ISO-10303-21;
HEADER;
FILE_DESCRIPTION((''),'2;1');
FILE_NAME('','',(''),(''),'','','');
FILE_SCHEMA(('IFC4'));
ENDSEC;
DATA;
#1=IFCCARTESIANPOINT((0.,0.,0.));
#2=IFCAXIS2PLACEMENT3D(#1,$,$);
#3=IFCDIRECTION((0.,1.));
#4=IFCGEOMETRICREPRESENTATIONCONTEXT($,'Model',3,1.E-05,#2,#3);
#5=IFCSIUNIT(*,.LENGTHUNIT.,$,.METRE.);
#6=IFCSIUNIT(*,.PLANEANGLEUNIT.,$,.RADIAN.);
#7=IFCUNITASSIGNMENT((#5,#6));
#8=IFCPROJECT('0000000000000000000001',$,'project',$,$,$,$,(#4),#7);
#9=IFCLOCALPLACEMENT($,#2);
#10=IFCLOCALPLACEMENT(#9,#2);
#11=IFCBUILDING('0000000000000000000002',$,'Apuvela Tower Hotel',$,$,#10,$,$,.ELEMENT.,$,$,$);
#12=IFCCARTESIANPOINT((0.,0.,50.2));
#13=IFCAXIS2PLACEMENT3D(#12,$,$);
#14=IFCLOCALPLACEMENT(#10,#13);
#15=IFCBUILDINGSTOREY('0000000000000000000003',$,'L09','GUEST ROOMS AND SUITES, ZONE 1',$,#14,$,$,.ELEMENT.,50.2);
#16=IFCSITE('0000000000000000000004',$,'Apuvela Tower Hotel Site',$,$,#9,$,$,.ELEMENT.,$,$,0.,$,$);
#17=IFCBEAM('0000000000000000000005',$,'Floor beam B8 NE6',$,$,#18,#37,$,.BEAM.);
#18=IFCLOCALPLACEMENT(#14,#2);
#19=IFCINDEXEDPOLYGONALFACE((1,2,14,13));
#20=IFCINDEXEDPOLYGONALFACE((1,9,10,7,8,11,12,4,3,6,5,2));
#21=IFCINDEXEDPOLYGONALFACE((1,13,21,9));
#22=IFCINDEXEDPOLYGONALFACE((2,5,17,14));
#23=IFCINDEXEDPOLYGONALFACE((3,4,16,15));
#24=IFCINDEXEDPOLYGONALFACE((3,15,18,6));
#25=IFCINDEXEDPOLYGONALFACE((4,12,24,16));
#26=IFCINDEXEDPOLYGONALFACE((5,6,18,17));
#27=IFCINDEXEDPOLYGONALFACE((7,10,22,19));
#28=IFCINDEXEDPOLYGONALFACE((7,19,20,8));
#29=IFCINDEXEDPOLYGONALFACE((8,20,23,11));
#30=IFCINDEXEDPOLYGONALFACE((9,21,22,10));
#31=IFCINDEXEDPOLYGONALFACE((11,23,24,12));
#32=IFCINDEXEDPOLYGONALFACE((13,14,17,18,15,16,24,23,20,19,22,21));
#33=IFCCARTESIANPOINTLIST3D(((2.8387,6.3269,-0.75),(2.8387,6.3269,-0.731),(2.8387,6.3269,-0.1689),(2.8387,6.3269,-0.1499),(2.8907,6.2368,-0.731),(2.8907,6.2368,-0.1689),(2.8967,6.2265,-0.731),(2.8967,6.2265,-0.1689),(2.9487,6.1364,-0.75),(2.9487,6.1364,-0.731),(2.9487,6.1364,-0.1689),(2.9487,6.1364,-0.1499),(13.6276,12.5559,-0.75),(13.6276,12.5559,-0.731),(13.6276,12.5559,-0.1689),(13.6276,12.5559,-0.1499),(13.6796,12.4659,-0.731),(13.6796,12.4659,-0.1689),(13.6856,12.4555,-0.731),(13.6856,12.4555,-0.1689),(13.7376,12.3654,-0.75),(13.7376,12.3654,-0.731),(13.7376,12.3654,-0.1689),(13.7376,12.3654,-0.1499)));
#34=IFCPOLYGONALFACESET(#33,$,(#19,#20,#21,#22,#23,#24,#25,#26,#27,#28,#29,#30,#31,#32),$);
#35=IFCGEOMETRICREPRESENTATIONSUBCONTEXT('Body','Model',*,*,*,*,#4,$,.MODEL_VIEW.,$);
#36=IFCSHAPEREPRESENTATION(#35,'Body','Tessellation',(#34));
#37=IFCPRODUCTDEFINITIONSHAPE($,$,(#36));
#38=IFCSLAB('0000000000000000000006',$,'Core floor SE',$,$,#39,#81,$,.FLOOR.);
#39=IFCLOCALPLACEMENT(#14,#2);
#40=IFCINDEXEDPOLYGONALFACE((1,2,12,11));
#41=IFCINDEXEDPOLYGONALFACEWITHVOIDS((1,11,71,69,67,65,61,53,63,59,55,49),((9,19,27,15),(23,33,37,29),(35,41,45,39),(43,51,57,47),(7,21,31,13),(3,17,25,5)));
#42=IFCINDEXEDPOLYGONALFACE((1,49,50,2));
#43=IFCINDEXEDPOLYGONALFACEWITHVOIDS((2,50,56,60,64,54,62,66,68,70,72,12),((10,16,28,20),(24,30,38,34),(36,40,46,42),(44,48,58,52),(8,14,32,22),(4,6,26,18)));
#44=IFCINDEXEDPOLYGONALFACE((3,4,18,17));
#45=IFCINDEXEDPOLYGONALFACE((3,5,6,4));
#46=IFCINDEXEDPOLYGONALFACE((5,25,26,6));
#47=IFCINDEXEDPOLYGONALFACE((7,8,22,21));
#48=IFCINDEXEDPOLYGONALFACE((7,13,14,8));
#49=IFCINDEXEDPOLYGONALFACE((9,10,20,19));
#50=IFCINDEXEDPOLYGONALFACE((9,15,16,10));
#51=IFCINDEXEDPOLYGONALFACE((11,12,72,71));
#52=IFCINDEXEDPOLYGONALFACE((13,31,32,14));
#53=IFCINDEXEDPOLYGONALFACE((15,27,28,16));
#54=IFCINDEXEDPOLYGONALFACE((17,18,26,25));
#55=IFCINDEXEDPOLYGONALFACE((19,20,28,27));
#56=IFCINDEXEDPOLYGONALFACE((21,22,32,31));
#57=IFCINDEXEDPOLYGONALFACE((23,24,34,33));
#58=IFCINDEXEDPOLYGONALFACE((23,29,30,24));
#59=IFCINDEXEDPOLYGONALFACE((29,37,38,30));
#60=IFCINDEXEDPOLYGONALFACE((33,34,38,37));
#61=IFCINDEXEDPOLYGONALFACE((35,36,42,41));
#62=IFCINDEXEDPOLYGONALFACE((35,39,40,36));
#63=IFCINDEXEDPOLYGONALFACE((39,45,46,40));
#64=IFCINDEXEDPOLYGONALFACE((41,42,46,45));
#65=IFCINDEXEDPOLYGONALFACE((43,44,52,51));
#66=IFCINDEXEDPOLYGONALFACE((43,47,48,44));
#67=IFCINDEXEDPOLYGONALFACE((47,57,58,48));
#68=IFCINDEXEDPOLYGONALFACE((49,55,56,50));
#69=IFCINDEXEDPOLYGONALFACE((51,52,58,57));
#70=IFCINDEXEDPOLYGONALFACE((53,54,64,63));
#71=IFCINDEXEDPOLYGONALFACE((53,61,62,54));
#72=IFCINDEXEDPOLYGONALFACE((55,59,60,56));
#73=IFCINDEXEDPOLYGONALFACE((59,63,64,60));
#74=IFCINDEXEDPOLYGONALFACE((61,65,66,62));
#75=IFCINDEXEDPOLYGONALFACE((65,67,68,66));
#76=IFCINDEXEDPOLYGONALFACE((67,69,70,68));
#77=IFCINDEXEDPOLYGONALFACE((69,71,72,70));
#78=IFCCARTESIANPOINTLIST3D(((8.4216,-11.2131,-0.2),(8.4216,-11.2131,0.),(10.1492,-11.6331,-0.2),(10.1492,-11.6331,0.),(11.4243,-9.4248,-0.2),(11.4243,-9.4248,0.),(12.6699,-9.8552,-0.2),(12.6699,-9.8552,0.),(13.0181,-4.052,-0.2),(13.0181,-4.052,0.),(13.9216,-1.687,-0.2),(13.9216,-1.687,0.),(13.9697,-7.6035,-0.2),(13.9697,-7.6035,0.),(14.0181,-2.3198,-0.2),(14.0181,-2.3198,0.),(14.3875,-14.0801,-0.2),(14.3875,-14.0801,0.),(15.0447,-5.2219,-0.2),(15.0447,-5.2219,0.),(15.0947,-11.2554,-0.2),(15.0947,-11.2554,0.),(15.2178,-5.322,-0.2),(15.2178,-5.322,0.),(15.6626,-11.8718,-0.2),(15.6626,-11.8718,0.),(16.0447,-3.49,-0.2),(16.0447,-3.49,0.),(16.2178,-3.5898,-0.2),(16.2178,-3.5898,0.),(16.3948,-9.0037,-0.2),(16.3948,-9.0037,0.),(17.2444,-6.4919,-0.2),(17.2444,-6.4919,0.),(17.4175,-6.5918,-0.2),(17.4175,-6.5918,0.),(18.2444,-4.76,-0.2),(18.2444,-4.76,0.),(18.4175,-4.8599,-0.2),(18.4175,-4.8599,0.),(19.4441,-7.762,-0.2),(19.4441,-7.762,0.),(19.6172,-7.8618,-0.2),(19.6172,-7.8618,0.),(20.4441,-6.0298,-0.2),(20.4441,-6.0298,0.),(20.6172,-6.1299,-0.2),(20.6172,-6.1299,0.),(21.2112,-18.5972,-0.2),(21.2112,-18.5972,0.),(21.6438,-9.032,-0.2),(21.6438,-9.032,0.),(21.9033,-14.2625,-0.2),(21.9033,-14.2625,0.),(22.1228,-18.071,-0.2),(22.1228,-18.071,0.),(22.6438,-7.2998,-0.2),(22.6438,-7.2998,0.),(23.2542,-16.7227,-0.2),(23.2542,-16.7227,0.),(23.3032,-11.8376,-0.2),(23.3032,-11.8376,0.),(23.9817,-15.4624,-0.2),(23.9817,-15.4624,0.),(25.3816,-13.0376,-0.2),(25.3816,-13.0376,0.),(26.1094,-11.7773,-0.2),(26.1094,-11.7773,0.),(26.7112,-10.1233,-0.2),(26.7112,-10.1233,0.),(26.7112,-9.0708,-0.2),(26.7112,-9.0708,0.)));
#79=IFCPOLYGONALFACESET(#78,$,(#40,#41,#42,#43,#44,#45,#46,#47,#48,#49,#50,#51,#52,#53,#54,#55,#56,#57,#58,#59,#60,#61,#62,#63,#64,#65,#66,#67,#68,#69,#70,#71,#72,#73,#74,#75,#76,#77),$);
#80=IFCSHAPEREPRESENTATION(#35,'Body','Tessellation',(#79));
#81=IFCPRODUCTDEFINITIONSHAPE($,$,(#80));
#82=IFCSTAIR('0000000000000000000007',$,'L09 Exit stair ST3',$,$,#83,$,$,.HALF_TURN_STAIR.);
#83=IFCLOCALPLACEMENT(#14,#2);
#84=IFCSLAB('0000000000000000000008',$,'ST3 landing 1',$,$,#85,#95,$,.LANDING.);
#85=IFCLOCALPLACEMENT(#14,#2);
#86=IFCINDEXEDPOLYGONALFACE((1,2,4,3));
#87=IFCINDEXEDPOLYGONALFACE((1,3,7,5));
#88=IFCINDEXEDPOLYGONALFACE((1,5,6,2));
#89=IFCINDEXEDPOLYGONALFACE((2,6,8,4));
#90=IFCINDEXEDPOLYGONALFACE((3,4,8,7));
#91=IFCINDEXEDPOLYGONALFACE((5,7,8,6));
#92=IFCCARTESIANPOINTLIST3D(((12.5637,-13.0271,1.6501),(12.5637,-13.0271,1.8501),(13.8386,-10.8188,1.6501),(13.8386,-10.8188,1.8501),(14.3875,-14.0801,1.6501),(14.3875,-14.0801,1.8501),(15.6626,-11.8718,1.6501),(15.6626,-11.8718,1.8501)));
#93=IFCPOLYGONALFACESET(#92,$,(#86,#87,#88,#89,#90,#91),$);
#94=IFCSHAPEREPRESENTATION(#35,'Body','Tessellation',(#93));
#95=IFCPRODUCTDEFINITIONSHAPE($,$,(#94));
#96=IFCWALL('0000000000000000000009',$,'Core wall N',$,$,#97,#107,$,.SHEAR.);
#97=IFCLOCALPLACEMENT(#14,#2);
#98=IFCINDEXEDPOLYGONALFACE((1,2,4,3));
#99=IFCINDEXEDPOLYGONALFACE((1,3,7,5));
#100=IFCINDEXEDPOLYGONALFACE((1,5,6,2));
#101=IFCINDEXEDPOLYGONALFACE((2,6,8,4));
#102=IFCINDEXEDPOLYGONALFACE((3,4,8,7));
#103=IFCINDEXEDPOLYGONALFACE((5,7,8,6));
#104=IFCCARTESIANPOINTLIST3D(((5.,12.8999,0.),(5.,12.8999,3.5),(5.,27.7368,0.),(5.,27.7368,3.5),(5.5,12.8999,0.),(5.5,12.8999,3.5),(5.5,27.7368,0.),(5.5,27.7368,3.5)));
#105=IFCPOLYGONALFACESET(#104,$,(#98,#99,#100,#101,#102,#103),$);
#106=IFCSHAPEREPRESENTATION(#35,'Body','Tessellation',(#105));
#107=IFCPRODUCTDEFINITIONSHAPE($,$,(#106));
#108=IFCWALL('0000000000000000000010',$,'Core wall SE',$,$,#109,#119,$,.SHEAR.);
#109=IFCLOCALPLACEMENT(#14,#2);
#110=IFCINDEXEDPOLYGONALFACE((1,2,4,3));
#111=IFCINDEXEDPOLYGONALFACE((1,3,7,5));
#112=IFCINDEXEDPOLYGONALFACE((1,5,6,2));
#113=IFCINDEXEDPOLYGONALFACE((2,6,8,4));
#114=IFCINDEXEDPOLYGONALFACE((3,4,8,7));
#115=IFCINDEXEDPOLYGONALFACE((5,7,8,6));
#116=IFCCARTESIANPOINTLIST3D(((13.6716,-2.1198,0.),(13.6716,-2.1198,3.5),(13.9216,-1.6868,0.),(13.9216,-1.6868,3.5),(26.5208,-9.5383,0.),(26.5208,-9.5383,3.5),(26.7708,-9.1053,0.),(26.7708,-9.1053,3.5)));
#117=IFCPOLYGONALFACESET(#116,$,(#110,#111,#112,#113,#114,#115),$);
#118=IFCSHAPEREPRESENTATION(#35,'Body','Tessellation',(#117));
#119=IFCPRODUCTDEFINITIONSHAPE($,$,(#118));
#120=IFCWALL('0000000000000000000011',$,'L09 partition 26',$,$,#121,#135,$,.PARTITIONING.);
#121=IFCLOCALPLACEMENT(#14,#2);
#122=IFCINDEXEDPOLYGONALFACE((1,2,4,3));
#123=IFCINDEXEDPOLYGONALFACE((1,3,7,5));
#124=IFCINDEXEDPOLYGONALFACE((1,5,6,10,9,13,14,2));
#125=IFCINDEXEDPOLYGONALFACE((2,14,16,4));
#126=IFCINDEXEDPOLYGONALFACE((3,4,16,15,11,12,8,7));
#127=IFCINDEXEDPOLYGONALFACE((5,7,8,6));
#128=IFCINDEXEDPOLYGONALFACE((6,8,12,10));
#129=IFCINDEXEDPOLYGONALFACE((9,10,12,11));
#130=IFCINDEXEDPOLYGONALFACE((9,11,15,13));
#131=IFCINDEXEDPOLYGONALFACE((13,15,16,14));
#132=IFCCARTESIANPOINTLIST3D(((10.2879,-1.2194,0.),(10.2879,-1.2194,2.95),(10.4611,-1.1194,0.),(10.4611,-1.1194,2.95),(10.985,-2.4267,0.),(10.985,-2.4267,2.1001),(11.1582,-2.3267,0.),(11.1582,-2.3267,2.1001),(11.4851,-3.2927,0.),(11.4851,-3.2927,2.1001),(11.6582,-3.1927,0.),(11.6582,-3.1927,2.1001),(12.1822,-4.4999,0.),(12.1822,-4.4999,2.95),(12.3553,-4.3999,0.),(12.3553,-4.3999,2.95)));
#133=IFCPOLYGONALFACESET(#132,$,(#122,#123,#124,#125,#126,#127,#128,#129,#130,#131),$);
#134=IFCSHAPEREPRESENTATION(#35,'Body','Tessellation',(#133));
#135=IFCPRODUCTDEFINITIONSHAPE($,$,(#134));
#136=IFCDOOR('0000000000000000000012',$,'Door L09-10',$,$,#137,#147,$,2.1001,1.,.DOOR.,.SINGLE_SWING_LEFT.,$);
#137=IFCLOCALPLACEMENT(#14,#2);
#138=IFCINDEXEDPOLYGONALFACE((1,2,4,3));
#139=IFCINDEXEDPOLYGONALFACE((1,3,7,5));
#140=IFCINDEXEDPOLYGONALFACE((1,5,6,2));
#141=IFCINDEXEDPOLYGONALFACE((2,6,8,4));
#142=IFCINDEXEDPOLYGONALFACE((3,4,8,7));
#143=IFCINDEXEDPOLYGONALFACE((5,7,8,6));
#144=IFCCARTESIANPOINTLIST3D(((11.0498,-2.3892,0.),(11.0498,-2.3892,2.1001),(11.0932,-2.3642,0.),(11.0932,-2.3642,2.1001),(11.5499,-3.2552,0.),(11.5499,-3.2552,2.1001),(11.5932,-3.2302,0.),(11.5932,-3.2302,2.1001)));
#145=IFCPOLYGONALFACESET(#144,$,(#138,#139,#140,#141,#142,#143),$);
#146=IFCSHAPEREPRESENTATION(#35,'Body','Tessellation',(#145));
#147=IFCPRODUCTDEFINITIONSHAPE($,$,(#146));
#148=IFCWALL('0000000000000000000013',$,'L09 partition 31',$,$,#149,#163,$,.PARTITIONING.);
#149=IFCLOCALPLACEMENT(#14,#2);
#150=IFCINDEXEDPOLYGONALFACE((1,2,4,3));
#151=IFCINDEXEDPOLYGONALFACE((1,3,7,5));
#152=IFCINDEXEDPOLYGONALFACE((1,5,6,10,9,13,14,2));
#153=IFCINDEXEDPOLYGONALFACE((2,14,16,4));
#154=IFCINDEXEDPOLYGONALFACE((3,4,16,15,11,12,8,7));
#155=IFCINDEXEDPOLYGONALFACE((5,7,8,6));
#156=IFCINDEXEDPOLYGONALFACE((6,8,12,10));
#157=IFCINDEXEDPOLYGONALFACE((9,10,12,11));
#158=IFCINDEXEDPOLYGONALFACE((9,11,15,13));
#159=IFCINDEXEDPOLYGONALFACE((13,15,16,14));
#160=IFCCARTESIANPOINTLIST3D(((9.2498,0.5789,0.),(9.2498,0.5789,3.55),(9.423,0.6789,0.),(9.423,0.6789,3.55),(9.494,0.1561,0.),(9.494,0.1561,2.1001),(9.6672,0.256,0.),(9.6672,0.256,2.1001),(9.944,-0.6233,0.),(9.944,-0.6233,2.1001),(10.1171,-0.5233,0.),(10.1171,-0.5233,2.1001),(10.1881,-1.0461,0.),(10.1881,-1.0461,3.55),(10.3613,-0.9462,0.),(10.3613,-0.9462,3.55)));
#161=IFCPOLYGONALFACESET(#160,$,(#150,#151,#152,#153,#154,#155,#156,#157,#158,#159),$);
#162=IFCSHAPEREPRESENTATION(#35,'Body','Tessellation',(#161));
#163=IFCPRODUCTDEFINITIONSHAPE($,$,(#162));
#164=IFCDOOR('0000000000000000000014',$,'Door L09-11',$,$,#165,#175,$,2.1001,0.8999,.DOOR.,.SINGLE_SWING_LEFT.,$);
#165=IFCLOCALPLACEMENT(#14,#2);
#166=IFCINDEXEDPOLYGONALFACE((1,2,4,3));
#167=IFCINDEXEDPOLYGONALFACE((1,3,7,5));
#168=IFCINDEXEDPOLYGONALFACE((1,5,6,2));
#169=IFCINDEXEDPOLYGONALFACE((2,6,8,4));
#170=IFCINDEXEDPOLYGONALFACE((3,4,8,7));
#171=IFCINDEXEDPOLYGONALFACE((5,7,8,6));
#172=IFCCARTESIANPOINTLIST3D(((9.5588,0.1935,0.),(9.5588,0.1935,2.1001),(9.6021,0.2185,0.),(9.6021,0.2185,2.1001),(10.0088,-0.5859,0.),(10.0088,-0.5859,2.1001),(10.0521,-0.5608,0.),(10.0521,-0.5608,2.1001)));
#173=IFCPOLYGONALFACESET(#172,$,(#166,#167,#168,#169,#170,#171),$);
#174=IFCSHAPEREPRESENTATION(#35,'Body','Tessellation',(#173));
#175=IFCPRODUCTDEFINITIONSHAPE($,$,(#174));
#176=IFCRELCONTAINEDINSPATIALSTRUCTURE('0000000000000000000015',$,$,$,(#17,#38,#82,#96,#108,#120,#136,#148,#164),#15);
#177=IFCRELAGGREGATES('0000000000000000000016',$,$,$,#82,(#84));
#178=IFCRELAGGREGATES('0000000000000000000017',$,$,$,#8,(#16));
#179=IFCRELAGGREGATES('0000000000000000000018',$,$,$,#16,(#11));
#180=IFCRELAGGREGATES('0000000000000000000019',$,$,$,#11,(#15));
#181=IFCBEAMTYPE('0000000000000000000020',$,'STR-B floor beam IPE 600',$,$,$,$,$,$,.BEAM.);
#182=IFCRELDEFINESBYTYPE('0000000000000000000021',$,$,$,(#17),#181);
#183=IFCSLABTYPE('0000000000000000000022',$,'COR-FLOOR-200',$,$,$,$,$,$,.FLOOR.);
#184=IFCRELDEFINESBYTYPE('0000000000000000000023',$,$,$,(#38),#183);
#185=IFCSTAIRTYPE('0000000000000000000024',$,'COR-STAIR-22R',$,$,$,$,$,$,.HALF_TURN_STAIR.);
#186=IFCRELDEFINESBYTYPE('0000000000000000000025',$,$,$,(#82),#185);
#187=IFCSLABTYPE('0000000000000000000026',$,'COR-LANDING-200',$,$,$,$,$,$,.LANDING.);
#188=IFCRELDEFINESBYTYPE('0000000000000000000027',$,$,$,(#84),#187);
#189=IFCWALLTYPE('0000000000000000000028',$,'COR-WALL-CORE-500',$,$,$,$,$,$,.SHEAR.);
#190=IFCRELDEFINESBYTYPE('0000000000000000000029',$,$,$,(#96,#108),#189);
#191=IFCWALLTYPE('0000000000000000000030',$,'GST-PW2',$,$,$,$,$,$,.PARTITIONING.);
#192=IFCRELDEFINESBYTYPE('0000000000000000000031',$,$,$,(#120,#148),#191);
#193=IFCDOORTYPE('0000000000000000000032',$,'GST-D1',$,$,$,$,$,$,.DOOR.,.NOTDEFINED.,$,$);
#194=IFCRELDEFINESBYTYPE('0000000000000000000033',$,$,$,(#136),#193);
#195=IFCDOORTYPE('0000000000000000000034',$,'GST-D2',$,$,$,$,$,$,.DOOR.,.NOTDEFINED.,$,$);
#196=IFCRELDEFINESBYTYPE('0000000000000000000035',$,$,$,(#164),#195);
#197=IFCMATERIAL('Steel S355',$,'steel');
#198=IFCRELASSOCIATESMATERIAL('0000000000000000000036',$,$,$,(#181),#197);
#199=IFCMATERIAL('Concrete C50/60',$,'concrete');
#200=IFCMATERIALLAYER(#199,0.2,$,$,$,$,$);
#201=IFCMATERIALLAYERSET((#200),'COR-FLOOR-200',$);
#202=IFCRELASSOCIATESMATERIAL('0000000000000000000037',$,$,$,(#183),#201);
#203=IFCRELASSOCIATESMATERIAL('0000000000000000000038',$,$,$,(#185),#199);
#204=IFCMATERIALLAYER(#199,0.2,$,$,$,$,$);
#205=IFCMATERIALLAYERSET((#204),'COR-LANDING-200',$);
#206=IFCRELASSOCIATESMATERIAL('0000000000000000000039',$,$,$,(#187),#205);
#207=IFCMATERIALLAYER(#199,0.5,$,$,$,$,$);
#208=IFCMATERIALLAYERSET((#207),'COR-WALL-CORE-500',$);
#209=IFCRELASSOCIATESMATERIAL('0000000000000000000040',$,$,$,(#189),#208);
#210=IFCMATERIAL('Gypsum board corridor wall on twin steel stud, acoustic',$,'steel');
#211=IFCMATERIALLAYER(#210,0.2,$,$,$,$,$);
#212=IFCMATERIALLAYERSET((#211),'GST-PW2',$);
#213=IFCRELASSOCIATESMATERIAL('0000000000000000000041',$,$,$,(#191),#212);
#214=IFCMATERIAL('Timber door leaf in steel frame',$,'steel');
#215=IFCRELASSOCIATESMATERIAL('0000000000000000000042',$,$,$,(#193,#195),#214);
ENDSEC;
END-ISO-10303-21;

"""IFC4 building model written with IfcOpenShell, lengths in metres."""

from ifc_helpers import new_model, si_unit, direction, frame, frame_2d, origin, origin_2d, place, context, subcontext, project, spatial, polyline, rectangle, i_section, outline, extrude, material, layer, layer_set, material_profile, profile_set, type_object, element, fill, aggregate, save


model = new_model("IFC4")

# Units and contexts
model_context = context("Model", 3, precision=1e-05, world=origin(), true_north=direction((0.0, 1.0)))
body_context = subcontext(model_context, "Body", "Model", "MODEL_VIEW")
ifc_project = project(units=[si_unit("LENGTHUNIT", "METRE"), si_unit("PLANEANGLEUNIT", "RADIAN")], contexts=[model_context])

# Site, building, storey
site_placement = place(None, origin())
site = spatial("IfcSite", under=ifc_project, at=site_placement, Name="Apuvela Tower Hotel Site", CompositionType="ELEMENT", RefElevation=0.0)
building_placement = place(site_placement, origin())
building = spatial("IfcBuilding", under=site, at=building_placement, Name="Apuvela Tower Hotel", CompositionType="ELEMENT")
storey_placement = place(building_placement, frame((0.0, 0.0, 50.2)))
storey = spatial("IfcBuildingStorey", under=building, at=storey_placement, Name="L09", Description="GUEST ROOMS AND SUITES, ZONE 1", CompositionType="ELEMENT", Elevation=50.2)

# Beam
ifc_material_1 = material(Name="Steel S355", Category="steel")
ifc_material_profile = material_profile(ifc_material_1, i_section(OverallWidth=0.22, OverallDepth=0.6001, WebThickness=0.012, FlangeThickness=0.019, at=origin_2d()), Name="IPE 600")
ifc_profile_set = profile_set([ifc_material_profile], Name="Steel S355")
beam_type = type_object("IfcBeamType", Name="STR-B floor beam IPE 600", PredefinedType="BEAM", material=ifc_profile_set)
beam_placement = place(storey_placement, frame((13.6826, 12.4607, -0.45), z_axis=(-0.866023, -0.500005, 0.0), x_axis=(0.500005, -0.866023, 0.0)))
element("IfcBeam", 1, at=beam_placement, inside=storey, type_object=beam_type, Name="Floor beam B8 NE6", PredefinedType="BEAM", context=body_context, shape_type="SweptSolid", body=[
    extrude(i_section(OverallWidth=0.22, OverallDepth=0.6001, WebThickness=0.012, FlangeThickness=0.019, at=origin_2d()), origin(), (0.0, 0.0, 1.0), 12.458),
])

# Slab
ifc_material_2 = material(Name="Concrete C50/60", Category="concrete")
ifc_layer_1 = layer(ifc_material_2, 0.2)
ifc_layer_set_1 = layer_set([ifc_layer_1], Name="COR-FLOOR-200")
slab_type_1 = type_object("IfcSlabType", Name="COR-FLOOR-200", PredefinedType="FLOOR", material=ifc_layer_set_1)
slab_1_placement = place(storey_placement, frame((0.0, 0.0, -0.2)))
element("IfcSlab", 2, at=slab_1_placement, inside=storey, type_object=slab_type_1, Name="Core floor SE", PredefinedType="FLOOR", context=body_context, shape_type="SweptSolid", body=[
    extrude(outline(polyline([(21.2112, -18.5972), (22.1228, -18.071), (23.2542, -16.7227), (23.9817, -15.4624), (21.9033, -14.2625), (23.3032, -11.8376), (25.3816, -13.0376), (26.1094, -11.7773), (26.7112, -10.1233), (26.7112, -9.0708), (13.9216, -1.687), (8.4216, -11.2131), (21.2112, -18.5972)]), holes=[polyline([(13.0181, -4.052), (14.0181, -2.3198), (16.0447, -3.49), (15.0447, -5.2219), (13.0181, -4.052)]), polyline([(17.2444, -6.4919), (15.2178, -5.322), (16.2178, -3.5898), (18.2444, -4.76), (17.2444, -6.4919)]), polyline([(14.3875, -14.0801), (10.1492, -11.6331), (11.4243, -9.4248), (15.6626, -11.8718), (14.3875, -14.0801)]), polyline([(12.6699, -9.8552), (13.9697, -7.6035), (16.3948, -9.0037), (15.0947, -11.2554), (12.6699, -9.8552)]), polyline([(19.4441, -7.762), (17.4175, -6.5918), (18.4175, -4.8599), (20.4441, -6.0298), (19.4441, -7.762)]), polyline([(21.6438, -9.032), (19.6172, -7.8618), (20.6172, -6.1299), (22.6438, -7.2998), (21.6438, -9.032)])]), origin(), (0.0, 0.0, 1.0), 0.2),
])

# Stair, slab
stair_type = type_object("IfcStairType", Name="COR-STAIR-22R", PredefinedType="HALF_TURN_STAIR", material=ifc_material_2)
stair_placement = place(storey_placement, origin())
stair = element("IfcStair", 3, at=stair_placement, inside=storey, type_object=stair_type, Name="L09 Exit stair ST3", PredefinedType="HALF_TURN_STAIR")
ifc_layer_2 = layer(ifc_material_2, 0.2)
ifc_layer_set_2 = layer_set([ifc_layer_2], Name="COR-LANDING-200")
slab_type_2 = type_object("IfcSlabType", Name="COR-LANDING-200", PredefinedType="LANDING", material=ifc_layer_set_2)
slab_2_placement = place(storey_placement, frame((0.0, 0.0, 1.6501)))
slab_2 = element("IfcSlab", 4, at=slab_2_placement, type_object=slab_type_2, Name="ST3 landing 1", PredefinedType="LANDING", context=body_context, shape_type="SweptSolid", body=[
    extrude(outline(polyline([(12.5637, -13.0271), (14.3875, -14.0801), (15.6626, -11.8718), (13.8386, -10.8188), (12.5637, -13.0271)])), origin(), (0.0, 0.0, 1.0), 0.2),
])
aggregate(stair, [slab_2])

# Walls
ifc_layer_3 = layer(ifc_material_2, 0.5)
ifc_layer_set_3 = layer_set([ifc_layer_3], Name="COR-WALL-CORE-500")
wall_type_1 = type_object("IfcWallType", Name="COR-WALL-CORE-500", PredefinedType="SHEAR", material=ifc_layer_set_3)
for number, where, z_axis, x_axis, name in (
    (5, (5.25, 12.8999, 0.0), (0.0, 0.0, 1.0), (0.0, 1.0, 0.0), "Core wall N"),
    (6, (13.7966, -1.9033, 0.0), (0.0, 0.0, 1.0), (0.866025, -0.500001, 0.0), "Core wall SE"),
):
    element("IfcWall", number, at=place(storey_placement, frame(where, z_axis=z_axis, x_axis=x_axis)), inside=storey, type_object=wall_type_1, Name=name, PredefinedType="SHEAR", context=body_context, shape_type="SweptSolid", body=[
        extrude(rectangle(XDim=14.8369, YDim=0.5, at=frame_2d((7.4185, 0.0))), origin(), (0.0, 0.0, 1.0), 3.5),
    ])

# Walls, openings, doors
ifc_material_3 = material(Name="Gypsum board corridor wall on twin steel stud, acoustic", Category="steel")
ifc_layer_4 = layer(ifc_material_3, 0.2)
ifc_layer_set_4 = layer_set([ifc_layer_4], Name="GST-PW2")
wall_type_2 = type_object("IfcWallType", Name="GST-PW2", PredefinedType="PARTITIONING", material=ifc_layer_set_4)
wall_1_placement = place(storey_placement, frame((10.3745, -1.1694, 0.0), z_axis=(0.0, 0.0, 1.0), x_axis=(0.500055, -0.865993, 0.0)))
wall_1 = element("IfcWall", 7, at=wall_1_placement, inside=storey, type_object=wall_type_2, Name="L09 partition 26", PredefinedType="PARTITIONING", context=body_context, shape_type="SweptSolid", body=[
    extrude(rectangle(XDim=3.7881, YDim=0.2, at=frame_2d((1.894, 0.0))), origin(), (0.0, 0.0, 1.0), 2.95),
])
opening_1_placement = place(wall_1_placement, frame((1.394, 0.0, 0.0)))
opening_1 = element("IfcOpeningElement", 8, at=opening_1_placement, cuts=wall_1, PredefinedType="OPENING", context=body_context, shape_type="SweptSolid", body=[
    extrude(rectangle(XDim=1.0, YDim=2.1001, at=frame_2d((0.5, 1.05))), frame((0.0, 0.1099, 0.0), z_axis=(0.0, -1.0, 0.0), x_axis=(1.0, 0.0, 0.0)), (0.0, 0.0, 1.0), 0.22),
])
ifc_material_4 = material(Name="Timber door leaf in steel frame", Category="steel")
door_type_1 = type_object("IfcDoorType", Name="GST-D1", OperationType="NOTDEFINED", PredefinedType="DOOR", material=ifc_material_4)
door_1_placement = place(opening_1_placement, origin())
door_1 = element("IfcDoor", 9, at=door_1_placement, inside=storey, type_object=door_type_1, Name="Door L09-10", OperationType="SINGLE_SWING_LEFT", OverallHeight=2.1001, OverallWidth=1.0, PredefinedType="DOOR", context=body_context, shape_type="SweptSolid", body=[
    extrude(rectangle(XDim=1.0, YDim=2.1001, at=frame_2d((0.5, 1.05))), frame((0.0, 0.0249, 0.0), z_axis=(0.0, -1.0, 0.0), x_axis=(1.0, 0.0, 0.0)), (0.0, 0.0, 1.0), 0.05),
])
fill(opening_1, door_1)
wall_2_placement = place(storey_placement, frame((9.3364, 0.6289, 0.0), z_axis=(0.0, 0.0, 1.0), x_axis=(0.500015, -0.866017, 0.0)))
wall_2 = element("IfcWall", 10, at=wall_2_placement, inside=storey, type_object=wall_type_2, Name="L09 partition 31", PredefinedType="PARTITIONING", context=body_context, shape_type="SweptSolid", body=[
    extrude(rectangle(XDim=1.8765, YDim=0.2, at=frame_2d((0.9382, 0.0))), origin(), (0.0, 0.0, 1.0), 3.55),
])
opening_2_placement = place(wall_2_placement, frame((0.4883, 0.0, 0.0)))
opening_2 = element("IfcOpeningElement", 11, at=opening_2_placement, cuts=wall_2, PredefinedType="OPENING", context=body_context, shape_type="SweptSolid", body=[
    extrude(rectangle(XDim=0.8999, YDim=2.1001, at=frame_2d((0.45, 1.05))), frame((0.0, 0.1099, 0.0), z_axis=(0.0, -1.0, 0.0), x_axis=(1.0, 0.0, 0.0)), (0.0, 0.0, 1.0), 0.22),
])
door_type_2 = type_object("IfcDoorType", Name="GST-D2", OperationType="NOTDEFINED", PredefinedType="DOOR", material=ifc_material_4)
door_2_placement = place(opening_2_placement, origin())
door_2 = element("IfcDoor", 12, at=door_2_placement, inside=storey, type_object=door_type_2, Name="Door L09-11", OperationType="SINGLE_SWING_LEFT", OverallHeight=2.1001, OverallWidth=0.8999, PredefinedType="DOOR", context=body_context, shape_type="SweptSolid", body=[
    extrude(rectangle(XDim=0.8999, YDim=2.1001, at=frame_2d((0.45, 1.05))), frame((0.0, 0.0249, 0.0), z_axis=(0.0, -1.0, 0.0), x_axis=(1.0, 0.0, 0.0)), (0.0, 0.0, 1.0), 0.05),
])
fill(opening_2, door_2)

save(model, "model.ifc")
